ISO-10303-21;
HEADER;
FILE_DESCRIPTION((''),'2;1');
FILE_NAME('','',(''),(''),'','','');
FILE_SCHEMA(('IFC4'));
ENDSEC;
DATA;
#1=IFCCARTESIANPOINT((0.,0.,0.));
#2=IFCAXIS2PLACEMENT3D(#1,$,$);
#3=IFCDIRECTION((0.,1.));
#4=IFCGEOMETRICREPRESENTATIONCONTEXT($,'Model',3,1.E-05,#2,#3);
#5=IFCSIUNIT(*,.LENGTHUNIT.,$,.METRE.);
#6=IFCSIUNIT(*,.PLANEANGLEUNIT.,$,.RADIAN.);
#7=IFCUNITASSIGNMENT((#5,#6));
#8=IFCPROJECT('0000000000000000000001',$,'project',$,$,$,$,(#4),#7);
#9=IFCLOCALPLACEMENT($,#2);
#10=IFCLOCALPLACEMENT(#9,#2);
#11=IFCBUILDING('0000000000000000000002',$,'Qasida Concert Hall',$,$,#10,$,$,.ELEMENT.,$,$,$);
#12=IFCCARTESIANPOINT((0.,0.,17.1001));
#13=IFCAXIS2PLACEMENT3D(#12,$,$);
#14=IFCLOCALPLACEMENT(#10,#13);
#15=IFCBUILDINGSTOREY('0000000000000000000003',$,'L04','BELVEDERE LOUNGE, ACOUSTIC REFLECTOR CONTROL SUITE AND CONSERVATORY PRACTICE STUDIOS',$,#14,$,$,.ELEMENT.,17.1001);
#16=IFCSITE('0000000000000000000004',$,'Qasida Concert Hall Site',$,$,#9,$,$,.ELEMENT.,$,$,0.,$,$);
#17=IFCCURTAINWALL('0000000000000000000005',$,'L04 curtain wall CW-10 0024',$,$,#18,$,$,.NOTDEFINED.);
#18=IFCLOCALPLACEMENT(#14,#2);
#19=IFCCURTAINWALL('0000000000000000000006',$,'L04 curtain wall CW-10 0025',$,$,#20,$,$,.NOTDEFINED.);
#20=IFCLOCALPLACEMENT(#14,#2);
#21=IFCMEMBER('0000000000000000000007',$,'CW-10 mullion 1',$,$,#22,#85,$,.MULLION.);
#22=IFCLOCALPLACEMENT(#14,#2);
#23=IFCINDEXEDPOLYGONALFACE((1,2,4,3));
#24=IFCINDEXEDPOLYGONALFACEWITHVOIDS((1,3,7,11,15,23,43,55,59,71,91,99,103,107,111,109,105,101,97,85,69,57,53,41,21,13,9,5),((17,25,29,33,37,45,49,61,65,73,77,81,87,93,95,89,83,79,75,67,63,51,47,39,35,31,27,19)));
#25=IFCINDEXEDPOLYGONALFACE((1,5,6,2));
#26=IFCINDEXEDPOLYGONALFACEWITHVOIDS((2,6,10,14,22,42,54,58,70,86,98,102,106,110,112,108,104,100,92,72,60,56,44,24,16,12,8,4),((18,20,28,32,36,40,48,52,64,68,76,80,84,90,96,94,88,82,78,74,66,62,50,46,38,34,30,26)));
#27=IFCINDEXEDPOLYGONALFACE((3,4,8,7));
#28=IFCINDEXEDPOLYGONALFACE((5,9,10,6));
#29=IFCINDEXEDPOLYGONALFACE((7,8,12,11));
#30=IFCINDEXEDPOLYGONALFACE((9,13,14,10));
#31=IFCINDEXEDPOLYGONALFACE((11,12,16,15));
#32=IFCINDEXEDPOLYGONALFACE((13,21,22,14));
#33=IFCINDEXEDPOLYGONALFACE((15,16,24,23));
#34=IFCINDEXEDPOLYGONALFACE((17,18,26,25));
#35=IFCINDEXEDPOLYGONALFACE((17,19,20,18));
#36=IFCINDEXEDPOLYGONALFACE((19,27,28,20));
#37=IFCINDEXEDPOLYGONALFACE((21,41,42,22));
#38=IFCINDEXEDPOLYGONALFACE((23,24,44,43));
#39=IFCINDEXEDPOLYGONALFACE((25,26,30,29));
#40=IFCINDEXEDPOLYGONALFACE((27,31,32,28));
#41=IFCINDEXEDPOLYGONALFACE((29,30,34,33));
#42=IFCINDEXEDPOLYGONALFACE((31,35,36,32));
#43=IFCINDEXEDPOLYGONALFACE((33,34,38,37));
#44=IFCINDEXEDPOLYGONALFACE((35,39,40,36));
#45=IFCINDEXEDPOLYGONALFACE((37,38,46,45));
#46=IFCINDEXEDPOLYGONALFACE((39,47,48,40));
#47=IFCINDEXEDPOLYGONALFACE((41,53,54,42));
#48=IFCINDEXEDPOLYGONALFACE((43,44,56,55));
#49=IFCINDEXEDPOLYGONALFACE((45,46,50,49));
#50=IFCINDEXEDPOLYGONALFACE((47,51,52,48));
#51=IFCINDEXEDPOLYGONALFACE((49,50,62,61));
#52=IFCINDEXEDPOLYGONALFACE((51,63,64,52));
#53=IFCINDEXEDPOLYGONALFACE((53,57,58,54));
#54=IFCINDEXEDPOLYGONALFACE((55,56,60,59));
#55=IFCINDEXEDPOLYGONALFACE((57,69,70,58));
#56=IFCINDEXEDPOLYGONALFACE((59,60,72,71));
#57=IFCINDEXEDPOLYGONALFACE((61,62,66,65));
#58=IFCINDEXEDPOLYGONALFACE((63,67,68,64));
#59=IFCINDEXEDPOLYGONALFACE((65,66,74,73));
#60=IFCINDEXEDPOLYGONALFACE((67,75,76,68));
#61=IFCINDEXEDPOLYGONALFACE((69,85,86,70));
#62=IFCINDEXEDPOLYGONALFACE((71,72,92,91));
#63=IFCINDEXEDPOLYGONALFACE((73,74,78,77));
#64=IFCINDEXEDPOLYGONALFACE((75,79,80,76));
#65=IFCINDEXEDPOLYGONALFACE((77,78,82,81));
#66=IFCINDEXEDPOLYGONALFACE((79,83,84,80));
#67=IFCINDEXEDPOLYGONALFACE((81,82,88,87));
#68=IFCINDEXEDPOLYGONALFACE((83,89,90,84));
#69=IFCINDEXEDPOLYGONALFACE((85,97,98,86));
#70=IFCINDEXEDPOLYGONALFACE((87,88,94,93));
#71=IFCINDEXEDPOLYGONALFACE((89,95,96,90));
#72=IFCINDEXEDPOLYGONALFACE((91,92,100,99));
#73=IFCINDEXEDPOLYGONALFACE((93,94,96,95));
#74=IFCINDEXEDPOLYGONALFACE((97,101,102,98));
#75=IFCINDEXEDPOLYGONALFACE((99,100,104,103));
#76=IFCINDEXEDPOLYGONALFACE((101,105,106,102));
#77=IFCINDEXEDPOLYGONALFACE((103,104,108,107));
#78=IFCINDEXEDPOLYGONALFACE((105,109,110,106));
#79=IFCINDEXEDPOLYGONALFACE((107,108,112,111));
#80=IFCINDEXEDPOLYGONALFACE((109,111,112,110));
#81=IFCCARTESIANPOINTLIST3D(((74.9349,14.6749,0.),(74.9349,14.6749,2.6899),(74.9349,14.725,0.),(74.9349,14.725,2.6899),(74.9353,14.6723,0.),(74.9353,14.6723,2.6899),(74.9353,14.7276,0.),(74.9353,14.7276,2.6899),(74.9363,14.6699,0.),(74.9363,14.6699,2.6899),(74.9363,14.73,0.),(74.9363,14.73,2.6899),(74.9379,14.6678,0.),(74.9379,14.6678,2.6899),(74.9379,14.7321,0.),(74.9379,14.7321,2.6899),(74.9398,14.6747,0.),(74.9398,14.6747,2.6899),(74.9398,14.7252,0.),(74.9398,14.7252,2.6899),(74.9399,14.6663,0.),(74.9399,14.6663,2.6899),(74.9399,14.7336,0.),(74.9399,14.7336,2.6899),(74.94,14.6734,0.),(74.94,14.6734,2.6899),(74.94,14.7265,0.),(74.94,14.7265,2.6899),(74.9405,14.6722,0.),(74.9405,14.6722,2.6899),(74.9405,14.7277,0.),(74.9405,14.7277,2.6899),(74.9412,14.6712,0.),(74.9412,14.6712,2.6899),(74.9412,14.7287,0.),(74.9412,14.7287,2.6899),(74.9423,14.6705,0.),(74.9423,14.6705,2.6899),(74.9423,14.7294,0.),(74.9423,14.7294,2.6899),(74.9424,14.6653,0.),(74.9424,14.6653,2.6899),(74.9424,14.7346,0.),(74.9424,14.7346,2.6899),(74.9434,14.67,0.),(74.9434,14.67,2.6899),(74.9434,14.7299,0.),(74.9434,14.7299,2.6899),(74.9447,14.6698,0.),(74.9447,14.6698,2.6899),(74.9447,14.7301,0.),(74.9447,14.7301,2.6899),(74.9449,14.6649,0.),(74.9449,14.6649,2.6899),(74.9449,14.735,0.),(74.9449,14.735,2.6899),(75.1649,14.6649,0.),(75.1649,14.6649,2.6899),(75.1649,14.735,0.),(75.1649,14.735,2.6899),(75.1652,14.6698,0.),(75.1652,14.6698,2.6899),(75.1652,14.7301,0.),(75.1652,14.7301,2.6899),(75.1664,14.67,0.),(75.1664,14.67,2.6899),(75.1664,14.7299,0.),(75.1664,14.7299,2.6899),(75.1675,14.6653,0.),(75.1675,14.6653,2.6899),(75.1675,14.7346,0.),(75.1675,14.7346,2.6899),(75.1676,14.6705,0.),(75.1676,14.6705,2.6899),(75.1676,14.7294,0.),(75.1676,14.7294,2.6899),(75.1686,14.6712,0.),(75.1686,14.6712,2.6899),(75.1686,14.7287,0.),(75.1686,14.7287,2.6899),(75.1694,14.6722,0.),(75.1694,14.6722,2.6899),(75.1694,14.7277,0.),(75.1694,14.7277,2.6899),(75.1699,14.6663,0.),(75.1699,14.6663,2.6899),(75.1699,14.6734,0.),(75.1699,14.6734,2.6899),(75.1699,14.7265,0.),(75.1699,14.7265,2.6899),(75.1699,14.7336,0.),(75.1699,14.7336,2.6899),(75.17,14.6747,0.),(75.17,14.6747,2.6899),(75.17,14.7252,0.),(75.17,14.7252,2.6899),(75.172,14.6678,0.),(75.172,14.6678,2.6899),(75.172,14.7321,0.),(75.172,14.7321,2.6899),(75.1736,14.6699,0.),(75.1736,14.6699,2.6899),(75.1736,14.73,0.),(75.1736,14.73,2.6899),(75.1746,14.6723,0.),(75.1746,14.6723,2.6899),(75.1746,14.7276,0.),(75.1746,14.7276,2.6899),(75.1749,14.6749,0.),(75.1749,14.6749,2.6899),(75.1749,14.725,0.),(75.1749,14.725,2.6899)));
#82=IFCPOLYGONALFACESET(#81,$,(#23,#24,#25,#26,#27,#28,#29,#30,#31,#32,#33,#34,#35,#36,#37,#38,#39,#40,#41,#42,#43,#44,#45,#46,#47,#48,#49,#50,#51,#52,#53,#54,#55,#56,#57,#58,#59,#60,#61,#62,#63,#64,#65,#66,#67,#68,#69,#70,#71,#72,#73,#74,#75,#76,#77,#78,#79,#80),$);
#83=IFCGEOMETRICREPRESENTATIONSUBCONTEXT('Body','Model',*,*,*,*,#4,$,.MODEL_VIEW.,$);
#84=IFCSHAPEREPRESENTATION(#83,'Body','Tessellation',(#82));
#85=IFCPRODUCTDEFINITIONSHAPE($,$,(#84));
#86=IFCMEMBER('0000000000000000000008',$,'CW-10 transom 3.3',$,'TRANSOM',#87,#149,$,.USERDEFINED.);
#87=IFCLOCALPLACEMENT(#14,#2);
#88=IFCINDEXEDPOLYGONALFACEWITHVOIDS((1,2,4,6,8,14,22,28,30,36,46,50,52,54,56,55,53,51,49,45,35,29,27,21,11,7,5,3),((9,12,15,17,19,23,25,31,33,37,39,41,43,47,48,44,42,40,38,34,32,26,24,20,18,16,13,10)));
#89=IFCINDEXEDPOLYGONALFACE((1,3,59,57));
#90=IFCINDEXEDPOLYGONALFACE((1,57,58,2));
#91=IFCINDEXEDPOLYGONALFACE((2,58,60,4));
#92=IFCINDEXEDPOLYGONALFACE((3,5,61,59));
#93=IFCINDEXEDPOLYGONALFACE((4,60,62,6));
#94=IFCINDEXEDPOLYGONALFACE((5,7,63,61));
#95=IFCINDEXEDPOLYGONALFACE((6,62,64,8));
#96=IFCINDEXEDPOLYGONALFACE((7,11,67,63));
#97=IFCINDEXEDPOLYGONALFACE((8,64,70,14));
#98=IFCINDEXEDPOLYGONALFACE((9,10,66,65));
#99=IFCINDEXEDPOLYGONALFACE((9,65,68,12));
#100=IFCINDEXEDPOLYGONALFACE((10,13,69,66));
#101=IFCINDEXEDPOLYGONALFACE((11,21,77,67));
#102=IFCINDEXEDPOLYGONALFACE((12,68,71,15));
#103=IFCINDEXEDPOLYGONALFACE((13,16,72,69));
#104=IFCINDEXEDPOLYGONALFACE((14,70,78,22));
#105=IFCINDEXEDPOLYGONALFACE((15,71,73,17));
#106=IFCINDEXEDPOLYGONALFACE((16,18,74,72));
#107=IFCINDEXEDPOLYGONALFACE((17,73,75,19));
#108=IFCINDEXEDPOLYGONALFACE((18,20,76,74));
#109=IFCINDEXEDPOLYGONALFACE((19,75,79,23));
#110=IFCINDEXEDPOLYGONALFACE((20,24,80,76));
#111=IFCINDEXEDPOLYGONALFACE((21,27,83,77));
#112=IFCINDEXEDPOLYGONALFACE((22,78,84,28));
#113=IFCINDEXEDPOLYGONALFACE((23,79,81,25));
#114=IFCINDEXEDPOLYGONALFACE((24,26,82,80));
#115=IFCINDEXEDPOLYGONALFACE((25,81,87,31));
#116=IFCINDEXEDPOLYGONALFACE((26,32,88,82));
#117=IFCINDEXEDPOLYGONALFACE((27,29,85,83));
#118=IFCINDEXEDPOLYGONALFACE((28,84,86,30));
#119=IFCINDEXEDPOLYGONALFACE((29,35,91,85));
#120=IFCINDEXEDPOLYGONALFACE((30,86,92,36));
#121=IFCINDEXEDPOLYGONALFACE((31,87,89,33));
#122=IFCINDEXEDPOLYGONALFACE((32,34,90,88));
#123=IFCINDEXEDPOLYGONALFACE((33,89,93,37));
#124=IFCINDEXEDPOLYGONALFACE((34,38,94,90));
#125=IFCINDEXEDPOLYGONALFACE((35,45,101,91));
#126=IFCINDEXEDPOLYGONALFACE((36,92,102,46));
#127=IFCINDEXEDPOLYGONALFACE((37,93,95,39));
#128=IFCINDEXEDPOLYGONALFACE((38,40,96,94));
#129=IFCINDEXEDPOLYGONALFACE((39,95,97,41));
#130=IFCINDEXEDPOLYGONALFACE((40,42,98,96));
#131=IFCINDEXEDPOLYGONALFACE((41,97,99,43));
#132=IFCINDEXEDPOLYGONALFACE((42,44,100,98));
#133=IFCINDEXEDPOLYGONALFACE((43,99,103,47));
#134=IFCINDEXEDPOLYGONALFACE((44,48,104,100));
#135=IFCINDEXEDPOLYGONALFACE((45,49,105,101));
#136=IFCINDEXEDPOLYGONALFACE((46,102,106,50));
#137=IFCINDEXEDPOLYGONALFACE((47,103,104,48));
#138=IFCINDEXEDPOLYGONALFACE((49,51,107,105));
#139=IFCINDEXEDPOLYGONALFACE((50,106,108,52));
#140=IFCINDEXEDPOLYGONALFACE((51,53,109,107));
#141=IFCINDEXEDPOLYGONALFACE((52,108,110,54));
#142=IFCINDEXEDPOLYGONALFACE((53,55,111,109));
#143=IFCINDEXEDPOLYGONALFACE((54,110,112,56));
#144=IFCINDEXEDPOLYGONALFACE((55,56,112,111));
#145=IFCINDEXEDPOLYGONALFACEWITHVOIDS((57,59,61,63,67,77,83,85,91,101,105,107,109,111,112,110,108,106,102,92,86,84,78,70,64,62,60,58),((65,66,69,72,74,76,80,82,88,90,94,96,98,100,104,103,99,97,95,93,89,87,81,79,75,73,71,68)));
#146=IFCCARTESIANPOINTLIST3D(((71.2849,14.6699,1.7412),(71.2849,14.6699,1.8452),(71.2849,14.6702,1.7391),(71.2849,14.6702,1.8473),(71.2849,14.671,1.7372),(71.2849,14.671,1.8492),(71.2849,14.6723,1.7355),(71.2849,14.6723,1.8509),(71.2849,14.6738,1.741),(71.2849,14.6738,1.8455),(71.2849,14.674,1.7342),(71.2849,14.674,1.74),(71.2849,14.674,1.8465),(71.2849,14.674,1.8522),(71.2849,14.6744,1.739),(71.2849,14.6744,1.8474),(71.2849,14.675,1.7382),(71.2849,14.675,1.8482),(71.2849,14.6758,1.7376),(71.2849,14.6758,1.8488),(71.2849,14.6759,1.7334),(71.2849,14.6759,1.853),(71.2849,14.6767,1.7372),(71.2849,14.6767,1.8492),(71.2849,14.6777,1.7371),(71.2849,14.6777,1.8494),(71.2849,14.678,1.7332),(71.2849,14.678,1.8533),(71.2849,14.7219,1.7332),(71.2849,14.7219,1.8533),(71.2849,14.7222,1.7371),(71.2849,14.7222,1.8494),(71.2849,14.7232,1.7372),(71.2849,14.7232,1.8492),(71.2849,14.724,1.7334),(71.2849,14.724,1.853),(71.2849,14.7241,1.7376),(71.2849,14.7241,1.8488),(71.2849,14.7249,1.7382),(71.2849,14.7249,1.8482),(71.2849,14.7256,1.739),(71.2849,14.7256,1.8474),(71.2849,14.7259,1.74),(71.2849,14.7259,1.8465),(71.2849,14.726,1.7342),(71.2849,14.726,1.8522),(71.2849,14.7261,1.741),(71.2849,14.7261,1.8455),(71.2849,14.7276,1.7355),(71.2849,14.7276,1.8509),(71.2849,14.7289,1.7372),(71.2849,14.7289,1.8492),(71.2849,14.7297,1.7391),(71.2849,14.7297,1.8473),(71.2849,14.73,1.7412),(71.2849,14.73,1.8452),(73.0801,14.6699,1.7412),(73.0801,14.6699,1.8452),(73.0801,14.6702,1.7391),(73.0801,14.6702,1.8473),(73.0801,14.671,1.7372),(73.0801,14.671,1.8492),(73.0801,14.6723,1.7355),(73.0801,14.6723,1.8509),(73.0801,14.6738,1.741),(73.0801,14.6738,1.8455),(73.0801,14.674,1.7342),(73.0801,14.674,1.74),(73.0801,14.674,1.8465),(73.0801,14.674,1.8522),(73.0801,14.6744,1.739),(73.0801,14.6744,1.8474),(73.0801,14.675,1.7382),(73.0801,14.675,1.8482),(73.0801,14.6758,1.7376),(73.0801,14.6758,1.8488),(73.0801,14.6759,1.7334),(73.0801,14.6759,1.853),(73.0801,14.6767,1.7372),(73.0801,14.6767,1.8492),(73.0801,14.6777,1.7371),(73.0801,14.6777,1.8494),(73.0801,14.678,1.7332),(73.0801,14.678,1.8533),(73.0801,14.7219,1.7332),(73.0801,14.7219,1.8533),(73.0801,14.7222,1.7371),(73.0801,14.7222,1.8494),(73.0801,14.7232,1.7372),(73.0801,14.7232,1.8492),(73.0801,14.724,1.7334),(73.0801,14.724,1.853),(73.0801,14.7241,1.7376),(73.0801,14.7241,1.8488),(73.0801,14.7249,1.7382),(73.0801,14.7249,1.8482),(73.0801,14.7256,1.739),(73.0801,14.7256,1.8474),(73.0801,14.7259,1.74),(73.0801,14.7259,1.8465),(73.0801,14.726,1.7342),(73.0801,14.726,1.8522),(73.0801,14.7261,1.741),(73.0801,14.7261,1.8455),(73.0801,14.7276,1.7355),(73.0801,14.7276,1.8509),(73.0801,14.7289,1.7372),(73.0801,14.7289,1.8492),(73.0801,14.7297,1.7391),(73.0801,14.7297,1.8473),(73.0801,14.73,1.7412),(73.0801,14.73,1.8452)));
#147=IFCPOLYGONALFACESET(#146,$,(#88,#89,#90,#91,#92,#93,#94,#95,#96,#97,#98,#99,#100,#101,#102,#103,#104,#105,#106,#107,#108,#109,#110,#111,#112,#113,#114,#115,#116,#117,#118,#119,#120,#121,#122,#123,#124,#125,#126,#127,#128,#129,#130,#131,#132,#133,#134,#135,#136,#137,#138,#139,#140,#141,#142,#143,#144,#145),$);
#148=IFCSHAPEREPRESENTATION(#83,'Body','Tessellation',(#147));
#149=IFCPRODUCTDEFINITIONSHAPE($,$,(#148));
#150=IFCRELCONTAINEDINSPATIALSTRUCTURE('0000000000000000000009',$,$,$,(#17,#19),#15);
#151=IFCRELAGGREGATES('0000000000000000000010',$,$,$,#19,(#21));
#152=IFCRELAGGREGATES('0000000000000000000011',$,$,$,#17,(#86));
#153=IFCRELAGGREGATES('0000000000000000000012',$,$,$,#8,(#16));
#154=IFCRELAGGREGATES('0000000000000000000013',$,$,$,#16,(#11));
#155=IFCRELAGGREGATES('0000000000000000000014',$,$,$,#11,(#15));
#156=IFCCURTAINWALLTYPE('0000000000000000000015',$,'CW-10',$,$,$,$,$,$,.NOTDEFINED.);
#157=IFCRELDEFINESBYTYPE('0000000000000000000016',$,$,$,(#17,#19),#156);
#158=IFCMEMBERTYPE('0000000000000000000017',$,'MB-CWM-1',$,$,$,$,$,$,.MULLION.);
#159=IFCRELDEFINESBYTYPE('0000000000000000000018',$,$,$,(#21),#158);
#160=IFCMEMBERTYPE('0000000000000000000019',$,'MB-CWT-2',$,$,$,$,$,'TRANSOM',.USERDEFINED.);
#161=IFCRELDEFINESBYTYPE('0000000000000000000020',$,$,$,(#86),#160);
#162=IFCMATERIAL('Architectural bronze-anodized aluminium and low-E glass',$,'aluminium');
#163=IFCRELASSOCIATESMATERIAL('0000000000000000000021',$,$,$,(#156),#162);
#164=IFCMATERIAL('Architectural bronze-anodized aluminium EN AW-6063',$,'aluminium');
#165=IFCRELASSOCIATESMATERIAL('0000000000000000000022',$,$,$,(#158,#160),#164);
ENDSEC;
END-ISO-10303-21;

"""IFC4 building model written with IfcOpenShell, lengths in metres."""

from ifc_helpers import new_model, si_unit, direction, frame, origin, origin_2d, place, context, subcontext, project, spatial, hollow_rectangle, extrude, material, material_profile, profile_set, type_object, element, aggregate, save


model = new_model("IFC4")

# Units and contexts
model_context = context("Model", 3, precision=1e-05, world=origin(), true_north=direction((0.0, 1.0)))
body_context = subcontext(model_context, "Body", "Model", "MODEL_VIEW")
ifc_project = project(units=[si_unit("LENGTHUNIT", "METRE"), si_unit("PLANEANGLEUNIT", "RADIAN")], contexts=[model_context])

# Site, building, storey
site_placement = place(None, origin())
site = spatial("IfcSite", under=ifc_project, at=site_placement, Name="Qasida Concert Hall Site", CompositionType="ELEMENT", RefElevation=0.0)
building_placement = place(site_placement, origin())
building = spatial("IfcBuilding", under=site, at=building_placement, Name="Qasida Concert Hall", CompositionType="ELEMENT")
storey_placement = place(building_placement, frame((0.0, 0.0, 17.1001)))
storey = spatial("IfcBuildingStorey", under=building, at=storey_placement, Name="L04", Description="BELVEDERE LOUNGE, ACOUSTIC REFLECTOR CONTROL SUITE AND CONSERVATORY PRACTICE STUDIOS", CompositionType="ELEMENT", Elevation=17.1001)

# Curtain wall
ifc_material_1 = material(Name="Architectural bronze-anodized aluminium and low-E glass", Category="aluminium")
curtain_wall_type = type_object("IfcCurtainWallType", Name="CW-10", PredefinedType="NOTDEFINED", material=ifc_material_1)
curtain_wall_1_placement = place(storey_placement, origin())
curtain_wall_1 = element("IfcCurtainWall", 1, at=curtain_wall_1_placement, inside=storey, type_object=curtain_wall_type, Name="L04 curtain wall CW-10 0024", PredefinedType="NOTDEFINED")
ifc_material_2 = material(Name="Architectural bronze-anodized aluminium EN AW-6063", Category="aluminium")
ifc_material_profile_1 = material_profile(ifc_material_2, hollow_rectangle(XDim=0.0701, YDim=0.24, WallThickness=0.0049, InnerFilletRadius=0.0049, OuterFilletRadius=0.01, at=origin_2d()), Name="CWM 240x70x5")
ifc_profile_set_1 = profile_set([ifc_material_profile_1], Name="Architectural bronze-anodized aluminium EN AW-6063")
member_type_1 = type_object("IfcMemberType", Name="MB-CWM-1", PredefinedType="MULLION", material=ifc_profile_set_1)

# Curtain wall, member
curtain_wall_2_placement = place(storey_placement, origin())
curtain_wall_2 = element("IfcCurtainWall", 2, at=curtain_wall_2_placement, inside=storey, type_object=curtain_wall_type, Name="L04 curtain wall CW-10 0025", PredefinedType="NOTDEFINED")
member_1_placement = place(storey_placement, frame((75.0549, 14.7, 0.0), z_axis=(0.0, 0.0, 1.0), x_axis=(0.0, 1.0, 0.0)))
member_1 = element("IfcMember", 3, at=member_1_placement, type_object=member_type_1, Name="CW-10 mullion 1", PredefinedType="MULLION", context=body_context, shape_type="SweptSolid", body=[
    extrude(hollow_rectangle(XDim=0.0701, YDim=0.24, WallThickness=0.0049, InnerFilletRadius=0.0049, OuterFilletRadius=0.01, at=origin_2d()), origin(), (0.0, 0.0, 1.0), 2.6899),
])

# Member
ifc_material_profile_2 = material_profile(ifc_material_2, hollow_rectangle(XDim=0.0601, YDim=0.1201, WallThickness=0.0039, InnerFilletRadius=0.0039, OuterFilletRadius=0.0081, at=origin_2d()), Name="CWT 120x60x4")
ifc_profile_set_2 = profile_set([ifc_material_profile_2], Name="Architectural bronze-anodized aluminium EN AW-6063")
member_type_2 = type_object("IfcMemberType", Name="MB-CWT-2", ElementType="TRANSOM", PredefinedType="USERDEFINED", material=ifc_profile_set_2)
member_2_placement = place(storey_placement, frame((71.2849, 14.7, 1.7932), z_axis=(1.0, 0.0, 0.0), x_axis=(0.0, 1.0, 0.0)))
member_2 = element("IfcMember", 4, at=member_2_placement, type_object=member_type_2, Name="CW-10 transom 3.3", ObjectType="TRANSOM", PredefinedType="USERDEFINED", context=body_context, shape_type="SweptSolid", body=[
    extrude(hollow_rectangle(XDim=0.0601, YDim=0.1201, WallThickness=0.0039, InnerFilletRadius=0.0039, OuterFilletRadius=0.0081, at=origin_2d()), origin(), (0.0, 0.0, 1.0), 1.7952),
])
aggregate(curtain_wall_2, [member_1])

aggregate(curtain_wall_1, [member_2])

save(model, "model.ifc")
